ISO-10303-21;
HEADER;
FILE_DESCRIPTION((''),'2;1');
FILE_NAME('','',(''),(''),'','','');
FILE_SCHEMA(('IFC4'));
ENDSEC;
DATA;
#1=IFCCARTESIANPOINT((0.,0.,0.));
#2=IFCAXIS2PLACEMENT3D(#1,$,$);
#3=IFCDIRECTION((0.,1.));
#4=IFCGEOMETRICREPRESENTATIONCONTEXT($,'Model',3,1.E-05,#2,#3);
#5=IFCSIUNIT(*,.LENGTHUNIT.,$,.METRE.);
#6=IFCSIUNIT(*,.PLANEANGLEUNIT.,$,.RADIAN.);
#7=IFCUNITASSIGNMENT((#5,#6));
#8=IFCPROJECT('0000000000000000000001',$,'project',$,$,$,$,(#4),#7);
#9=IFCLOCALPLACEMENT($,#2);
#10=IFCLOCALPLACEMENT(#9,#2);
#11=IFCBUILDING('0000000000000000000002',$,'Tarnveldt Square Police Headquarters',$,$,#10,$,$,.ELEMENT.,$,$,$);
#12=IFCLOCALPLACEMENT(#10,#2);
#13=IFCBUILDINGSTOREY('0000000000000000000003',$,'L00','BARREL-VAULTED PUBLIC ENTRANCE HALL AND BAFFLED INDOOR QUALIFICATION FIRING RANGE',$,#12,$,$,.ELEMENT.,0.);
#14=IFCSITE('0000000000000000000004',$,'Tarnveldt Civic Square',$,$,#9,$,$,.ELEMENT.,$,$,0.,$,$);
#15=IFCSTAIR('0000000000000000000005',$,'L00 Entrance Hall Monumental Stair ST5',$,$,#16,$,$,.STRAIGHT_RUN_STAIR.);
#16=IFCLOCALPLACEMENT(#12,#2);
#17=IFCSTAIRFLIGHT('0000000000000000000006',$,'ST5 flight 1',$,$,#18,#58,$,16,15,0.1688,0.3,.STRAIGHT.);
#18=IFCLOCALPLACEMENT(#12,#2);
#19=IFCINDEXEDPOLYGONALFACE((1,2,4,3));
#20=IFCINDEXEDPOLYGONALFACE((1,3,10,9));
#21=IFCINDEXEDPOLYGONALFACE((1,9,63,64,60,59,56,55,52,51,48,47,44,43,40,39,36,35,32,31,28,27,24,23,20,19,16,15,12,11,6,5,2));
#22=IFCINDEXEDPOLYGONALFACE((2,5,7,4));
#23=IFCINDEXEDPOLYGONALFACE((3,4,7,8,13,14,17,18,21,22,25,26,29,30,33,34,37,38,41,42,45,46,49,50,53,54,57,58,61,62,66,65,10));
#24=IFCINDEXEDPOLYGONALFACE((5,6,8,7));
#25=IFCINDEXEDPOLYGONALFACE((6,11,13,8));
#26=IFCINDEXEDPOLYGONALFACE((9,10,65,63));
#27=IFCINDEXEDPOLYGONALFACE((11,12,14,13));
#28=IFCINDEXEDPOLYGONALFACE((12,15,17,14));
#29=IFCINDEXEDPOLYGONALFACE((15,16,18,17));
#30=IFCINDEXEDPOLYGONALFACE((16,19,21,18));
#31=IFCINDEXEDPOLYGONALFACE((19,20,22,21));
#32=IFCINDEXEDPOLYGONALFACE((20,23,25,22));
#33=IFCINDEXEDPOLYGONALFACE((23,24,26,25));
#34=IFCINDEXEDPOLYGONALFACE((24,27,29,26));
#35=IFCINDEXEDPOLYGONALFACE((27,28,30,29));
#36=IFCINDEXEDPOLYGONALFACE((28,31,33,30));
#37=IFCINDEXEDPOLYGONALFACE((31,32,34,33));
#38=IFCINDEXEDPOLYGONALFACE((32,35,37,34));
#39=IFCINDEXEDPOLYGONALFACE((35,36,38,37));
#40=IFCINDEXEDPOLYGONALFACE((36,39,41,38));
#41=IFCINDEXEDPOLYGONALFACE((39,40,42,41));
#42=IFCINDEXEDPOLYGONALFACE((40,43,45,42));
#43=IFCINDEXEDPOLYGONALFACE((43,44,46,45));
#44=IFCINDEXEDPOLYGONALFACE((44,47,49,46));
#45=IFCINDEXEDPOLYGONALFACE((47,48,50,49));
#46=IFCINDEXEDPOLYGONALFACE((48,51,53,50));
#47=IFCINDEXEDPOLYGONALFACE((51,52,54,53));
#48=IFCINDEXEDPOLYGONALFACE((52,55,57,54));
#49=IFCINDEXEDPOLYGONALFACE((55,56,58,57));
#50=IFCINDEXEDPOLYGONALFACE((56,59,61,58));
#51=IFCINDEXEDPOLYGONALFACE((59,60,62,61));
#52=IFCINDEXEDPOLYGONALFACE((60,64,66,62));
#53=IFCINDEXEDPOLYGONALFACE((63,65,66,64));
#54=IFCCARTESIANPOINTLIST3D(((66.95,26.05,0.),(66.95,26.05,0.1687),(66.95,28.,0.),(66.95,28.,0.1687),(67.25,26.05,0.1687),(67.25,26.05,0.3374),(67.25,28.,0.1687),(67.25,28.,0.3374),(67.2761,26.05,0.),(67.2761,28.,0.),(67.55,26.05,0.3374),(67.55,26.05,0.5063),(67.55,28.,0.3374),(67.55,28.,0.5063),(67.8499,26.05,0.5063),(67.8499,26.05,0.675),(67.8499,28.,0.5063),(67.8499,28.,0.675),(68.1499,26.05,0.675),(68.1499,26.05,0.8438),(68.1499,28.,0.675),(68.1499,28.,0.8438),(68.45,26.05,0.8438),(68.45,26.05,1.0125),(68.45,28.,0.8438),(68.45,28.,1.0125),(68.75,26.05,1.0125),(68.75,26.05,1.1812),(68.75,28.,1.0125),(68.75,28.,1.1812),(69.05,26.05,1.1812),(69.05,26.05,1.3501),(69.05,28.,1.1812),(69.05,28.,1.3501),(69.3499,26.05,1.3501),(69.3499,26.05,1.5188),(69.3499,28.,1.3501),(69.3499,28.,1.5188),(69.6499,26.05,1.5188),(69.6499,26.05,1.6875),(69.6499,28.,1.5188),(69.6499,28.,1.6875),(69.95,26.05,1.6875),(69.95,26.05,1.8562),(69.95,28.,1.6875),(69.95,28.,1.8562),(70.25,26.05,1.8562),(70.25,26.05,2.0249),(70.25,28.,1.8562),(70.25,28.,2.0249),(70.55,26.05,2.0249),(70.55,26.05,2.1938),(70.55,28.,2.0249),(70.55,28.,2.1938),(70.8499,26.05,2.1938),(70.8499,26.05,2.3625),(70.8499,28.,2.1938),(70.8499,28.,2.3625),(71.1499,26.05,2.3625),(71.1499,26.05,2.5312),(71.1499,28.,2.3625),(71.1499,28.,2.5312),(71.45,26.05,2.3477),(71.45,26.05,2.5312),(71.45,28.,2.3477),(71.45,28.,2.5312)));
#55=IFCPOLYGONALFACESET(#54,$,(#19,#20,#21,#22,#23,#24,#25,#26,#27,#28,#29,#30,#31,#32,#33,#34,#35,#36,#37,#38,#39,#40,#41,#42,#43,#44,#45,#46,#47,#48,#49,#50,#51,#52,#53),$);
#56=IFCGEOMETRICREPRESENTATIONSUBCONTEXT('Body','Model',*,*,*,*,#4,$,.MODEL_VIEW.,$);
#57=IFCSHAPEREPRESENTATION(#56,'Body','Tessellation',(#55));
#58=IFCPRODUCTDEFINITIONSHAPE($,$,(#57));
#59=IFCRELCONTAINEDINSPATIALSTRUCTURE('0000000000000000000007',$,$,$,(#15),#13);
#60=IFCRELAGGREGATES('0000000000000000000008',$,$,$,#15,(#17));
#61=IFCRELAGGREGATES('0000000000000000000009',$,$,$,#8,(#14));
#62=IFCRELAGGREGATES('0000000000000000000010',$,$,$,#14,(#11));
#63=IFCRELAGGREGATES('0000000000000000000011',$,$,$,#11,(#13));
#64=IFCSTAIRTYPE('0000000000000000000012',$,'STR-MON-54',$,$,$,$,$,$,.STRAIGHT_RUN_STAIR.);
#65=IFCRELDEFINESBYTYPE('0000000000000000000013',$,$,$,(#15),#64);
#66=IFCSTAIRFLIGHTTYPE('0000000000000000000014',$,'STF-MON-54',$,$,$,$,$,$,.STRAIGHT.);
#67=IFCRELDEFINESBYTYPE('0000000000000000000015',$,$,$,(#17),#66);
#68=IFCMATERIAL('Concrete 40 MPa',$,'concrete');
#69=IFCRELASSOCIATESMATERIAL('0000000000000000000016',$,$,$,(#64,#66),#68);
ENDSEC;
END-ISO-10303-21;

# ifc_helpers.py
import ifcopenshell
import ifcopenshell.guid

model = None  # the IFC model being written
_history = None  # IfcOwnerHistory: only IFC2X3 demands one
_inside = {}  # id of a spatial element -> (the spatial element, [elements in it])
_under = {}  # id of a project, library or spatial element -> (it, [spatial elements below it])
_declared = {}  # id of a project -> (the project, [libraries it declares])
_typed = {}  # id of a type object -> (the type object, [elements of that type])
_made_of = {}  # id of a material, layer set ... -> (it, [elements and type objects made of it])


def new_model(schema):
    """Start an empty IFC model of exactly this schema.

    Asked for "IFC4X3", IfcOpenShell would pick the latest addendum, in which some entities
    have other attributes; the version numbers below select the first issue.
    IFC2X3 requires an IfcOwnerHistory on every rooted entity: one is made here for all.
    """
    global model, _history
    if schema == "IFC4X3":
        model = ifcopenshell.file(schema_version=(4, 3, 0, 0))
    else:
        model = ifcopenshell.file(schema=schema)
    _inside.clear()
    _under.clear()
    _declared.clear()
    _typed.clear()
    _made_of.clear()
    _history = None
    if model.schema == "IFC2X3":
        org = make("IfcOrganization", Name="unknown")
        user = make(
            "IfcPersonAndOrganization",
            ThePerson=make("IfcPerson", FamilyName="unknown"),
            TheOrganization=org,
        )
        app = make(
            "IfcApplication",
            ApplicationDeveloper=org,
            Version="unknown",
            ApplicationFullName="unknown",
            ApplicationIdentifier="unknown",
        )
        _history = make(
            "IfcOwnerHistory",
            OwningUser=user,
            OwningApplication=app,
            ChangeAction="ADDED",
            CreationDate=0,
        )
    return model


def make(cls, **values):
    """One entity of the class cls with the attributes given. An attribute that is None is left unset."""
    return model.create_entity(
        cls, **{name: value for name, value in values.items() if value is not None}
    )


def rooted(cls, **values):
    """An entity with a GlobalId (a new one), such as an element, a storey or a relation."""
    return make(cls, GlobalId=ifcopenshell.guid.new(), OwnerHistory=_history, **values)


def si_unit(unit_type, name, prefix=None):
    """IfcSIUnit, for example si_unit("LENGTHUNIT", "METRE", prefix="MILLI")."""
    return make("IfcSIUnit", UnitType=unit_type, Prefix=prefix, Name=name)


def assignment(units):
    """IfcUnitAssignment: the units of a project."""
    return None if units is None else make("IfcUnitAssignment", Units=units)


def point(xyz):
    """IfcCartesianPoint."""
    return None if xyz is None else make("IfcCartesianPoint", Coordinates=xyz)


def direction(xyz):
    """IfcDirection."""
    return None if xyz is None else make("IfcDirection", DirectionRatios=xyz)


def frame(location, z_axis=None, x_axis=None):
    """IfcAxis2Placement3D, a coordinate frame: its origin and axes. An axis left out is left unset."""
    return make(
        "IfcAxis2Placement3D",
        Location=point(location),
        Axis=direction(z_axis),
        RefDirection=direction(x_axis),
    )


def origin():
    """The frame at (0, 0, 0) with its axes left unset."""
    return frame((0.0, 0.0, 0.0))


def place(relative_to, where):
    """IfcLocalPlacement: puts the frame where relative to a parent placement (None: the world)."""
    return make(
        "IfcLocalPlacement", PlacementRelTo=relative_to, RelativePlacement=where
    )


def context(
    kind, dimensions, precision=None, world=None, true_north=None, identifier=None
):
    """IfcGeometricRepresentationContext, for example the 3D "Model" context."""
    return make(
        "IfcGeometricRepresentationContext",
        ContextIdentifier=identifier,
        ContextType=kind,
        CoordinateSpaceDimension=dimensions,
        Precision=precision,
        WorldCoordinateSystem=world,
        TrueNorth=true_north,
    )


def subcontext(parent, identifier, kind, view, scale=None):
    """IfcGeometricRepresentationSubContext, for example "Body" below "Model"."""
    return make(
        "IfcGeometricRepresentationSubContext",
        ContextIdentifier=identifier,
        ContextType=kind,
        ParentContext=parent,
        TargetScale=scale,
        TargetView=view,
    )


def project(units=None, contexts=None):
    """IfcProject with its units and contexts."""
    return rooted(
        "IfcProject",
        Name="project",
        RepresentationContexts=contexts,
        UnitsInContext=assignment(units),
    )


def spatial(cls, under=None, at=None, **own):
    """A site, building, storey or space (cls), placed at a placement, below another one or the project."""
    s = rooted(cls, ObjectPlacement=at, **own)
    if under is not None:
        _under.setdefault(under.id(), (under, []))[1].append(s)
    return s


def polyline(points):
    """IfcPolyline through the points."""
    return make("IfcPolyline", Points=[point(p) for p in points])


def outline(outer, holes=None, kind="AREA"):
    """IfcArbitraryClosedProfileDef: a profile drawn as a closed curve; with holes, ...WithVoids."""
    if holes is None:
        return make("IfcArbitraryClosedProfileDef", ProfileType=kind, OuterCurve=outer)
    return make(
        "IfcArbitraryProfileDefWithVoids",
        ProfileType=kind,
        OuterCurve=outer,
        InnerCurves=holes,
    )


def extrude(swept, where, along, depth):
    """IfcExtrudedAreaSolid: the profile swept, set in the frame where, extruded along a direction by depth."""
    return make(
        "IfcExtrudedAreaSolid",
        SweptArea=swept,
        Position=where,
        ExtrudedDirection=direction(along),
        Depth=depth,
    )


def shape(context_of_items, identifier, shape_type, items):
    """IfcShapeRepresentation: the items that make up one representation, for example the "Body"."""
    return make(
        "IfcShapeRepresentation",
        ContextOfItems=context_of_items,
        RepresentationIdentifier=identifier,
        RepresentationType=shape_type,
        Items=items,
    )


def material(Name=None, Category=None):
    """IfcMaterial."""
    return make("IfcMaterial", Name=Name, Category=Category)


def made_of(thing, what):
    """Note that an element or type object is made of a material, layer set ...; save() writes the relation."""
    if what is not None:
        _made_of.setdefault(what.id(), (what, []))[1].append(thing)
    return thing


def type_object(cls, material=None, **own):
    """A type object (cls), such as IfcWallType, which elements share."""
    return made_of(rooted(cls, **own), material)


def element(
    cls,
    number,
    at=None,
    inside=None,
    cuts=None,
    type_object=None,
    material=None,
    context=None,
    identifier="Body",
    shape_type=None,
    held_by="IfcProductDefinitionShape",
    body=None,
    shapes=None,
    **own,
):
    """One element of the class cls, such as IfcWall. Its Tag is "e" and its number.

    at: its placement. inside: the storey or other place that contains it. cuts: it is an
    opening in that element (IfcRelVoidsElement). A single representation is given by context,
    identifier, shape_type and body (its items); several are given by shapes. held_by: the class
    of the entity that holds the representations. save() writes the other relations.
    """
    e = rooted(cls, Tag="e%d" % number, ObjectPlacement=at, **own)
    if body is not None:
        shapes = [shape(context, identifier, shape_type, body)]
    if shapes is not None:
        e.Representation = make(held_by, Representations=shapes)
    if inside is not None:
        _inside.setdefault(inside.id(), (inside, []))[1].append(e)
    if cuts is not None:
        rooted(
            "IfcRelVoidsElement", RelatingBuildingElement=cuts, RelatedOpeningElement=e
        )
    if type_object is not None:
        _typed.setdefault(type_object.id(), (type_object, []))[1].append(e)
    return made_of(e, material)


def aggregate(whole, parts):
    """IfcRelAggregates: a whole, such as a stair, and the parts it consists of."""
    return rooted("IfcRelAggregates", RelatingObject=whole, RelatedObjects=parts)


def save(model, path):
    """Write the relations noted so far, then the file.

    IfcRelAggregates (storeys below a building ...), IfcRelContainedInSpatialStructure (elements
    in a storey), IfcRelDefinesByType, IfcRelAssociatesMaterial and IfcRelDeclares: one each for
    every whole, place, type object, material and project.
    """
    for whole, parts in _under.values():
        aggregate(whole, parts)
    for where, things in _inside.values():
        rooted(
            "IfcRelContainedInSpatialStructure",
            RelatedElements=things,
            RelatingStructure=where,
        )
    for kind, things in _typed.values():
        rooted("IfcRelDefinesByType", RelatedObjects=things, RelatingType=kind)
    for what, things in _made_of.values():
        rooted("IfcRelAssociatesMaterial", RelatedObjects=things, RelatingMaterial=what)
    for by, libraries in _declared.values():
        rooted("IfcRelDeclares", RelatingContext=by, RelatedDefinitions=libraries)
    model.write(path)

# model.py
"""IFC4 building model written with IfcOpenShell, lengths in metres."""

from ifc_helpers import new_model, si_unit, direction, frame, origin, place, context, subcontext, project, spatial, polyline, outline, extrude, material, type_object, element, aggregate, save


model = new_model("IFC4")

# Units and contexts
model_context = context("Model", 3, precision=1e-05, world=origin(), true_north=direction((0.0, 1.0)))
body_context = subcontext(model_context, "Body", "Model", "MODEL_VIEW")
ifc_project = project(units=[si_unit("LENGTHUNIT", "METRE"), si_unit("PLANEANGLEUNIT", "RADIAN")], contexts=[model_context])

# Site, building, storey
site_placement = place(None, origin())
site = spatial("IfcSite", under=ifc_project, at=site_placement, Name="Tarnveldt Civic Square", CompositionType="ELEMENT", RefElevation=0.0)
building_placement = place(site_placement, origin())
building = spatial("IfcBuilding", under=site, at=building_placement, Name="Tarnveldt Square Police Headquarters", CompositionType="ELEMENT")
storey_placement = place(building_placement, origin())
storey = spatial("IfcBuildingStorey", under=building, at=storey_placement, Name="L00", Description="BARREL-VAULTED PUBLIC ENTRANCE HALL AND BAFFLED INDOOR QUALIFICATION FIRING RANGE", CompositionType="ELEMENT", Elevation=0.0)

# Stair, stair flight
ifc_material_1 = material(Name="Concrete 40 MPa", Category="concrete")
stair_type = type_object("IfcStairType", Name="STR-MON-54", PredefinedType="STRAIGHT_RUN_STAIR", material=ifc_material_1)
stair_placement = place(storey_placement, origin())
stair = element("IfcStair", 1, at=stair_placement, inside=storey, type_object=stair_type, Name="L00 Entrance Hall Monumental Stair ST5", PredefinedType="STRAIGHT_RUN_STAIR")
stair_flight_type = type_object("IfcStairFlightType", Name="STF-MON-54", PredefinedType="STRAIGHT", material=ifc_material_1)
stair_flight_placement = place(storey_placement, frame((66.95, 27.0249, 0.0), z_axis=(0.0, 0.0, 1.0), x_axis=(1.0, 0.0, 0.0)))
stair_flight = element("IfcStairFlight", 2, at=stair_flight_placement, type_object=stair_flight_type, Name="ST5 flight 1", NumberOfRisers=16, NumberOfTreads=15, PredefinedType="STRAIGHT", RiserHeight=0.1688, TreadLength=0.3, context=body_context, shape_type="SweptSolid", body=[
    extrude(outline(polyline([(0.0, 0.0), (0.0, 0.1687), (0.3, 0.1687), (0.3, 0.3374), (0.6001, 0.3374), (0.6001, 0.5063), (0.8999, 0.5063), (0.8999, 0.675), (1.2, 0.675), (1.2, 0.8438), (1.5, 0.8438), (1.5, 1.0125), (1.8, 1.0125), (1.8, 1.1812), (2.1001, 1.1812), (2.1001, 1.3501), (2.3999, 1.3501), (2.3999, 1.5188), (2.7, 1.5188), (2.7, 1.6875), (3.0, 1.6875), (3.0, 1.8562), (3.3, 1.8562), (3.3, 2.0249), (3.6001, 2.0249), (3.6001, 2.1938), (3.8999, 2.1938), (3.8999, 2.3625), (4.2, 2.3625), (4.2, 2.5312), (4.5, 2.5312), (4.5, 2.7), (4.5, 2.3477), (0.3262, 0.0), (0.0, 0.0)])), frame((0.0, 0.9751, 0.0), z_axis=(0.0, -1.0, 0.0), x_axis=(1.0, 0.0, 0.0)), (0.0, 0.0, 1.0), 1.95),
])
aggregate(stair, [stair_flight])

save(model, "model.ifc")
